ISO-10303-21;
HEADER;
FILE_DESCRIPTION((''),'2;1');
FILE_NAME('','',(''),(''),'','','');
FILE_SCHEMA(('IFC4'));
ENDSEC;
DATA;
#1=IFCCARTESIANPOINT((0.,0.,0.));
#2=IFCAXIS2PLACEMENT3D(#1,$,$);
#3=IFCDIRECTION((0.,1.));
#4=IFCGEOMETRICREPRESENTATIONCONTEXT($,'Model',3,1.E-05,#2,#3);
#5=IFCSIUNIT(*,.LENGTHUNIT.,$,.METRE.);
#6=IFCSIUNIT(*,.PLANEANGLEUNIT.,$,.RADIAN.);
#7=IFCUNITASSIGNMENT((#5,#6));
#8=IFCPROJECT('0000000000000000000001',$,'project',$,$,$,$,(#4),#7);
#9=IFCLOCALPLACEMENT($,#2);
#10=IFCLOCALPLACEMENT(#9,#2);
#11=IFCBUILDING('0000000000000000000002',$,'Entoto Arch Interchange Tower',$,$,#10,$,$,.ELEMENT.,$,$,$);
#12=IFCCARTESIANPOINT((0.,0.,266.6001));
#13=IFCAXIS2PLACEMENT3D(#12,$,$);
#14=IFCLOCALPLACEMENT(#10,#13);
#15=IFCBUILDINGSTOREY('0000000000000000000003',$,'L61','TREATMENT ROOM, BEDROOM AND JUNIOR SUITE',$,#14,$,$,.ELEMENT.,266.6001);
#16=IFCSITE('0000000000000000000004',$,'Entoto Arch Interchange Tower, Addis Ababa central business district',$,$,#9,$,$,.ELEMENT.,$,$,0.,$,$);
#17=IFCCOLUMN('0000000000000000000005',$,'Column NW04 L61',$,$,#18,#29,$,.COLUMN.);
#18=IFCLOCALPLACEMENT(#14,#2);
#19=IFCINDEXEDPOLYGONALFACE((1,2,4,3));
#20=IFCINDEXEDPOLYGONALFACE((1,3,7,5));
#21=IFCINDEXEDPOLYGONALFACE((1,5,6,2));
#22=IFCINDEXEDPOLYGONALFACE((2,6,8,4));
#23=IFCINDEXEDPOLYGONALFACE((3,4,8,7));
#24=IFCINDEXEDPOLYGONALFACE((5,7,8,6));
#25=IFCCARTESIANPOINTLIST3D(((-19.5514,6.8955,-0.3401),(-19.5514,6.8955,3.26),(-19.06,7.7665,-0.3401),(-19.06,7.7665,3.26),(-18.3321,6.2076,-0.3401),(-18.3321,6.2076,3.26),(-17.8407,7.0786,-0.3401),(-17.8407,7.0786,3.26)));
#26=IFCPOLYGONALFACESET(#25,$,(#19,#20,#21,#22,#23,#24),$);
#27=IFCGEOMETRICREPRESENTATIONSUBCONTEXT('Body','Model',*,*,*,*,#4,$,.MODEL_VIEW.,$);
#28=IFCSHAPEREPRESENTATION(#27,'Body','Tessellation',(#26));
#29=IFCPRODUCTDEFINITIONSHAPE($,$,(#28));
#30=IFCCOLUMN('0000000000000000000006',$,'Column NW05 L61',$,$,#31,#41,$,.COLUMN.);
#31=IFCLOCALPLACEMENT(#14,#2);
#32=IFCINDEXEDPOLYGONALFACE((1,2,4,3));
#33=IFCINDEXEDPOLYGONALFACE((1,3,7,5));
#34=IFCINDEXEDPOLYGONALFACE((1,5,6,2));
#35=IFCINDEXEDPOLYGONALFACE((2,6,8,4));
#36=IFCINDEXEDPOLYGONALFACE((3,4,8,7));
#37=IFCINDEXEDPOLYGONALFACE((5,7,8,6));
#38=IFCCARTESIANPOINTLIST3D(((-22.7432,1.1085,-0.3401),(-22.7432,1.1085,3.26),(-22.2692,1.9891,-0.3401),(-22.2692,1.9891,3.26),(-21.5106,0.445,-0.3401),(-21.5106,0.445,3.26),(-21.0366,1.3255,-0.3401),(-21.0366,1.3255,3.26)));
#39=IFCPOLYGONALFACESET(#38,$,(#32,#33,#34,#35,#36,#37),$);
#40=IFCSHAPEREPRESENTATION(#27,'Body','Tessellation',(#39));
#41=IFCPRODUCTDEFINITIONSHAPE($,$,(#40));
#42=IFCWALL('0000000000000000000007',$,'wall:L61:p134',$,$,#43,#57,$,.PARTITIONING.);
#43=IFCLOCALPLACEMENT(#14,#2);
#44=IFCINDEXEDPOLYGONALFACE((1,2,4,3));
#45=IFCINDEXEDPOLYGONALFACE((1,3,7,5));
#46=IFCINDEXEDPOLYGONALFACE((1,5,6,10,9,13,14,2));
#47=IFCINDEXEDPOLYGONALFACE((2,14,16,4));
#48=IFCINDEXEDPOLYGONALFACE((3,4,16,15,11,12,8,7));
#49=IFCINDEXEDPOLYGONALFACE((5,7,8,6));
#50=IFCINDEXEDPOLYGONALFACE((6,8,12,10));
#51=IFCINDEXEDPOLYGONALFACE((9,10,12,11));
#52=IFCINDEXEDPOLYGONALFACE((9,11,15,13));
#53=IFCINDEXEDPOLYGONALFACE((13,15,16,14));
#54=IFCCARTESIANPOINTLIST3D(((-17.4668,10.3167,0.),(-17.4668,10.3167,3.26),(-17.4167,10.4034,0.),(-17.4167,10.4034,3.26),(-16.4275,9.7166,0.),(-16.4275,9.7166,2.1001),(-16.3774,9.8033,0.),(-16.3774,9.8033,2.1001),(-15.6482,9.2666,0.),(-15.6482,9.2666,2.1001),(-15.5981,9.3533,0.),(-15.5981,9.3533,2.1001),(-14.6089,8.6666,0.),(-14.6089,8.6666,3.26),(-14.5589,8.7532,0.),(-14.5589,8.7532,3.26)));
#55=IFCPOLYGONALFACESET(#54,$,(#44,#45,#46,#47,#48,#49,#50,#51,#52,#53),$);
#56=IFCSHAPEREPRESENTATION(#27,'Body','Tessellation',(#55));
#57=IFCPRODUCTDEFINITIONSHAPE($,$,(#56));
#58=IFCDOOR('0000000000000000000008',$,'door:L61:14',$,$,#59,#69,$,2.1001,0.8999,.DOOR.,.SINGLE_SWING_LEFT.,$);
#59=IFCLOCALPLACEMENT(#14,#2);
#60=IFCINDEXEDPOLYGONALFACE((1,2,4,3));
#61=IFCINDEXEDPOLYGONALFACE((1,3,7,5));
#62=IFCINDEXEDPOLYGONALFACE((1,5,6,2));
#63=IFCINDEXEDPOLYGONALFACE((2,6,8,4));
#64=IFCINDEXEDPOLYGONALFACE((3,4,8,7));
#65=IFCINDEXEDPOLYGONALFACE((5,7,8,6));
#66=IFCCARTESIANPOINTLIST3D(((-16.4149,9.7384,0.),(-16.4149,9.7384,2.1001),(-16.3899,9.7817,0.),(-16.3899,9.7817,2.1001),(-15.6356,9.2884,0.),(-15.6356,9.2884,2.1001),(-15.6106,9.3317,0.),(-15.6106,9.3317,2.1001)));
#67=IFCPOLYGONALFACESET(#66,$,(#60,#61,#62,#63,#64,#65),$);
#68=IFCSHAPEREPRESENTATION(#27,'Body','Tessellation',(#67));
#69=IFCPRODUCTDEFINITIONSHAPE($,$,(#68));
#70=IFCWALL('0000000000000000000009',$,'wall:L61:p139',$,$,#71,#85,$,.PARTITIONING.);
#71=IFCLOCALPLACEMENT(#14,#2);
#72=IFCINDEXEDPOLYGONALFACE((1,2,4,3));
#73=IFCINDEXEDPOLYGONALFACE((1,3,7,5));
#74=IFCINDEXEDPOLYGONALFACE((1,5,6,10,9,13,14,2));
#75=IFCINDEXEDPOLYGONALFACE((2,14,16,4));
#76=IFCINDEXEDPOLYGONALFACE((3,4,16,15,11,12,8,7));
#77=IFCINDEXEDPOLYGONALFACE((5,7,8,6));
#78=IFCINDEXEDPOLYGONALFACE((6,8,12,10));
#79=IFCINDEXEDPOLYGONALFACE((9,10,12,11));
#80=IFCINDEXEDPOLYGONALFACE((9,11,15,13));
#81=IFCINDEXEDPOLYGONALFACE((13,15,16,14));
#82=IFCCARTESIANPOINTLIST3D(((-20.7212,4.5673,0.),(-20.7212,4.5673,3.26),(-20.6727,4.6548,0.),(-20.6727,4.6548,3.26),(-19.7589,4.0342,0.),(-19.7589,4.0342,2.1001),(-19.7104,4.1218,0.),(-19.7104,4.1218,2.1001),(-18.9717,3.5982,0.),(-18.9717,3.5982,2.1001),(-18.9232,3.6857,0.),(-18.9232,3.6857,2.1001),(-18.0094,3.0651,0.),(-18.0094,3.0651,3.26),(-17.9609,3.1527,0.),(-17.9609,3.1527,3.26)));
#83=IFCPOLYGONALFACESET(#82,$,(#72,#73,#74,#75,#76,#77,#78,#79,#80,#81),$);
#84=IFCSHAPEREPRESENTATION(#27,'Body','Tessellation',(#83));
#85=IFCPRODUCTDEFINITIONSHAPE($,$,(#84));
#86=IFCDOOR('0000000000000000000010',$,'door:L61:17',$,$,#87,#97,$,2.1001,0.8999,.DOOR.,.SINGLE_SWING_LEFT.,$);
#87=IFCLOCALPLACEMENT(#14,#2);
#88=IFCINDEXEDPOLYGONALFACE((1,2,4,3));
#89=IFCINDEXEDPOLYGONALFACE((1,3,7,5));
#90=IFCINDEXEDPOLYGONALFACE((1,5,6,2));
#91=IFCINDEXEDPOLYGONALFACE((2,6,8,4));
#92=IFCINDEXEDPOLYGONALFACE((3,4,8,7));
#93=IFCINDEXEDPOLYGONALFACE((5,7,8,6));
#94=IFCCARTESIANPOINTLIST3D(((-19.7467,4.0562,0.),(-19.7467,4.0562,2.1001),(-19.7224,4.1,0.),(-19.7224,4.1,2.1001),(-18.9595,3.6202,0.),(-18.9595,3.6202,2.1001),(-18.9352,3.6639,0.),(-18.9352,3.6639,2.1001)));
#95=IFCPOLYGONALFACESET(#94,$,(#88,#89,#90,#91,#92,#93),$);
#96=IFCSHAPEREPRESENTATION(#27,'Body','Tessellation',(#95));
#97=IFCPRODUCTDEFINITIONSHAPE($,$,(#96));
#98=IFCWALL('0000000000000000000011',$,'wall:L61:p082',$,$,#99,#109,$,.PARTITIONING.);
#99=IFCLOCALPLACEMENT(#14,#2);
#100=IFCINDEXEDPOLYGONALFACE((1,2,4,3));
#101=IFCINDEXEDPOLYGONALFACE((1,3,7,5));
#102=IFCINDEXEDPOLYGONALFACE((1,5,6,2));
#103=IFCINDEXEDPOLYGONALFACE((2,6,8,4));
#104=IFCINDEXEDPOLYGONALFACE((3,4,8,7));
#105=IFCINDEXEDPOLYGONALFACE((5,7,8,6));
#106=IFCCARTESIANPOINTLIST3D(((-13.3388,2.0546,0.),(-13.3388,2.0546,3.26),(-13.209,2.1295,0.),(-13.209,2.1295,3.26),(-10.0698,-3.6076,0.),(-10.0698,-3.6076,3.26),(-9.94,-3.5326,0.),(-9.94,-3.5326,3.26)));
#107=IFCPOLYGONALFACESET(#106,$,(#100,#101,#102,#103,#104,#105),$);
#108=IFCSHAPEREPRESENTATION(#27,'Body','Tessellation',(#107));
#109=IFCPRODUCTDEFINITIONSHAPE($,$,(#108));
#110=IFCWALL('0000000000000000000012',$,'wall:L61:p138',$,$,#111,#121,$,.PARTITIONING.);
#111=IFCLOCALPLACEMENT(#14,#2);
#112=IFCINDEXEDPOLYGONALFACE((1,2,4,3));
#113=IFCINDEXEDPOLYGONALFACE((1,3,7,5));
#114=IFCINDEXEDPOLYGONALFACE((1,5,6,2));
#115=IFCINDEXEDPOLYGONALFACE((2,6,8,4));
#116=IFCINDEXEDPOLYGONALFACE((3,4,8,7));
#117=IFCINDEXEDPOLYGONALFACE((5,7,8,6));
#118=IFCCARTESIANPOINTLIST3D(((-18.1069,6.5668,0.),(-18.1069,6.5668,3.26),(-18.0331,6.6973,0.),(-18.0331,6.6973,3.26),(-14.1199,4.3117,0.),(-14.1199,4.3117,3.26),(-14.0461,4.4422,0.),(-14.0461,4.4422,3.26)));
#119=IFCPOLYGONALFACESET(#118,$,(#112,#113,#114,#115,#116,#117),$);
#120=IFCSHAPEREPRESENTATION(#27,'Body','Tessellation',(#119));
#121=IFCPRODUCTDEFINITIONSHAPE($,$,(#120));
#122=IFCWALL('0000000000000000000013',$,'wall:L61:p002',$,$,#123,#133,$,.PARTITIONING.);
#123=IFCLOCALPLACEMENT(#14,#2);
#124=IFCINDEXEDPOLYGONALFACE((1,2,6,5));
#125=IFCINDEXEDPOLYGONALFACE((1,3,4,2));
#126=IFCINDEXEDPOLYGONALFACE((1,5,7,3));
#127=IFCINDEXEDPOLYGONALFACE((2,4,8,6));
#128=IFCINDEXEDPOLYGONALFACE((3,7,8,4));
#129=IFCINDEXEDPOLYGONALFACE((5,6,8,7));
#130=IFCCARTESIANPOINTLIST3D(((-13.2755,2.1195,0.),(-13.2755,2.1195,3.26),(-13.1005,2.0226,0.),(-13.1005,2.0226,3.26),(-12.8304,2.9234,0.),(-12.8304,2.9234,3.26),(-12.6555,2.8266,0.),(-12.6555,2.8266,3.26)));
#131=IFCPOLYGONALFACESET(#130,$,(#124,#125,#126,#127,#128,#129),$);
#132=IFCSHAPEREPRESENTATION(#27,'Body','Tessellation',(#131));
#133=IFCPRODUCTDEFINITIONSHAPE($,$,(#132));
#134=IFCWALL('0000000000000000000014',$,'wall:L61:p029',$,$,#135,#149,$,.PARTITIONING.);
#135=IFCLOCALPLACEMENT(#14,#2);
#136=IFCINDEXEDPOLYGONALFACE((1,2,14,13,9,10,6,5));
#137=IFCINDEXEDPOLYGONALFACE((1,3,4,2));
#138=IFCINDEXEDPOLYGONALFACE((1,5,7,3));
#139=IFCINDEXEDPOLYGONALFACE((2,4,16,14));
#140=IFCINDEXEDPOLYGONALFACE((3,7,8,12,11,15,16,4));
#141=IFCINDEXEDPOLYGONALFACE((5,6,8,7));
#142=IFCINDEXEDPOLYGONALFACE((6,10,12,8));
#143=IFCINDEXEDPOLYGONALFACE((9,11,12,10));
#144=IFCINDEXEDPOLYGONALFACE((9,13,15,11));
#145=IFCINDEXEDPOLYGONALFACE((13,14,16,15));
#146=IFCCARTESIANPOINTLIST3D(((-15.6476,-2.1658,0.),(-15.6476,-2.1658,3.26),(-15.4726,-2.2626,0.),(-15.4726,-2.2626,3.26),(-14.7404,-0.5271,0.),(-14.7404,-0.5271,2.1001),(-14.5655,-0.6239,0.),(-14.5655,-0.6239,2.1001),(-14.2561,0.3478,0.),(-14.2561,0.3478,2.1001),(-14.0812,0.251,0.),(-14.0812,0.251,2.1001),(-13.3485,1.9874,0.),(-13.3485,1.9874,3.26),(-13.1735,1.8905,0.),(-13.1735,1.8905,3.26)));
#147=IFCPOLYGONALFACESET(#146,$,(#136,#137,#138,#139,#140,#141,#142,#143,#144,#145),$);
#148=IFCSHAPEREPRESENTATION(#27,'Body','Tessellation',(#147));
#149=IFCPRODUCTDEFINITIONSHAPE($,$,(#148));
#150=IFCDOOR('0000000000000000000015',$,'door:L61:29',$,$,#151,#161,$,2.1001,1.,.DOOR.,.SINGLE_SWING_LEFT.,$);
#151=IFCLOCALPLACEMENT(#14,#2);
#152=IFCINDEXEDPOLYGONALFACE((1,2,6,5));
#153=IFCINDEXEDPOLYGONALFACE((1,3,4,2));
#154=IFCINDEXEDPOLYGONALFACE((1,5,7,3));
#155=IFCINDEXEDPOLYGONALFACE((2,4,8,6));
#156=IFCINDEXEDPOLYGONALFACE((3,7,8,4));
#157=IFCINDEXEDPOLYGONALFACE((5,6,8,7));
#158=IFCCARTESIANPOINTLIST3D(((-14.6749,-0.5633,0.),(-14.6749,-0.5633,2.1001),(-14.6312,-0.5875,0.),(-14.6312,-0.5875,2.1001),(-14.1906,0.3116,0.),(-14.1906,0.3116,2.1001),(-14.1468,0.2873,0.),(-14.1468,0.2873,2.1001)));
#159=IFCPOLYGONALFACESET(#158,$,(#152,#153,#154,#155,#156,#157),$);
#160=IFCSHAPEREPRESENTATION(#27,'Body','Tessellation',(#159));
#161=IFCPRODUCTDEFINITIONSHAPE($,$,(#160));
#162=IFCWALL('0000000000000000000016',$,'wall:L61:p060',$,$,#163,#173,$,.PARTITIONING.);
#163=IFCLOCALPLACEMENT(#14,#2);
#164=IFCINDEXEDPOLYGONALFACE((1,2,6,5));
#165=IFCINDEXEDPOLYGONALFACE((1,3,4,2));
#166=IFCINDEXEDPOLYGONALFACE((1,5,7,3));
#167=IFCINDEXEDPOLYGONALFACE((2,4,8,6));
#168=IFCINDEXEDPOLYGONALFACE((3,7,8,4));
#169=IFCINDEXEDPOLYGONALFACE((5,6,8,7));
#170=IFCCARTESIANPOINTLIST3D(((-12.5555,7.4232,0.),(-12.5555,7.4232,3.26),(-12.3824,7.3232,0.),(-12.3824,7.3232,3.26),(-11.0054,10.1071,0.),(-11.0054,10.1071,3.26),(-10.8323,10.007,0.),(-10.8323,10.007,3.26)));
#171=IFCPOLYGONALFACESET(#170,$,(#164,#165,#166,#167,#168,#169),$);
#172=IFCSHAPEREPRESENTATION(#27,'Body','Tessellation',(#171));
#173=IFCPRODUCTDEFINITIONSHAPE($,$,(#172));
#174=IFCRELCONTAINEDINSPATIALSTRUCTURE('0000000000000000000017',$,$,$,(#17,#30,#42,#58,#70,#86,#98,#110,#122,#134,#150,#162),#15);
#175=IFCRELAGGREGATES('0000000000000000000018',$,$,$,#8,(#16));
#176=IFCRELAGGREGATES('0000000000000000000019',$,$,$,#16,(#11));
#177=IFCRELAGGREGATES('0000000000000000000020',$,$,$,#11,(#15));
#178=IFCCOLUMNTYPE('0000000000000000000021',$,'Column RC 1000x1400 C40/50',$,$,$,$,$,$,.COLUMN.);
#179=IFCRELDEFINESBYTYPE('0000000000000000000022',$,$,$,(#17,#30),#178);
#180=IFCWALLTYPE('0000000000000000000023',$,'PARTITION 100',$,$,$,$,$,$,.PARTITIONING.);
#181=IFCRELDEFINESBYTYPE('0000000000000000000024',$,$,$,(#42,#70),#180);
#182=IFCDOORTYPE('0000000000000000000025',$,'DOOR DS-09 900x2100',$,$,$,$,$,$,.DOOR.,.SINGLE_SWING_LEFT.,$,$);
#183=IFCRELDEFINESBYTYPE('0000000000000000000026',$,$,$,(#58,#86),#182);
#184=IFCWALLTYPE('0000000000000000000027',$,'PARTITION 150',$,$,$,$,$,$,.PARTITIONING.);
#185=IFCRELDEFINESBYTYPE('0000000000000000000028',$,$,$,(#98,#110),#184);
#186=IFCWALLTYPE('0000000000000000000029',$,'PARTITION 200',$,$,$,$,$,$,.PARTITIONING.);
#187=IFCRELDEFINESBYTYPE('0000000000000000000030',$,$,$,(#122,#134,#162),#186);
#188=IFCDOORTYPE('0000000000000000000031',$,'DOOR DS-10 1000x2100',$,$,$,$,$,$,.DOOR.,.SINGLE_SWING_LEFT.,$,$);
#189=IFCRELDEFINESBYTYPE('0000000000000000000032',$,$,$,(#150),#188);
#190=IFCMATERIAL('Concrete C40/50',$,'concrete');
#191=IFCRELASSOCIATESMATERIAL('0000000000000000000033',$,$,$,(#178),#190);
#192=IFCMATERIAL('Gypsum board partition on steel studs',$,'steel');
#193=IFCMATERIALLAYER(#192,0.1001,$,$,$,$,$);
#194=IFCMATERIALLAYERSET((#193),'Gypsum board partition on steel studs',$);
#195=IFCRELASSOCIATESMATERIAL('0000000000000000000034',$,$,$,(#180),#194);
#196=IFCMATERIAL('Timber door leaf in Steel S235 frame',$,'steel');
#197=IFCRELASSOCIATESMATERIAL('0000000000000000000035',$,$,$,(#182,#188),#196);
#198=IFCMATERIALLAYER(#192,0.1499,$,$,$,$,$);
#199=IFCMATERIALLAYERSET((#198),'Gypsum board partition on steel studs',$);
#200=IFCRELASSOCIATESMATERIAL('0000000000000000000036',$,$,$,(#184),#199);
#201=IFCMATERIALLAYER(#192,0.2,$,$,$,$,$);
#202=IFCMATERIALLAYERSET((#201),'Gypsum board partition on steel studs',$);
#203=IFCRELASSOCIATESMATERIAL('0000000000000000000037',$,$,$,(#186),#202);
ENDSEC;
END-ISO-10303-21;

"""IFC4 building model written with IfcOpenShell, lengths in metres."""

from ifc_helpers import new_model, si_unit, direction, frame, frame_2d, origin, origin_2d, place, context, subcontext, project, spatial, rectangle, extrude, material, layer, layer_set, material_profile, profile_set, type_object, element, fill, save


model = new_model("IFC4")

# Units and contexts
model_context = context("Model", 3, precision=1e-05, world=origin(), true_north=direction((0.0, 1.0)))
body_context = subcontext(model_context, "Body", "Model", "MODEL_VIEW")
ifc_project = project(units=[si_unit("LENGTHUNIT", "METRE"), si_unit("PLANEANGLEUNIT", "RADIAN")], contexts=[model_context])

# Site, building, storey
site_placement = place(None, origin())
site = spatial("IfcSite", under=ifc_project, at=site_placement, Name="Entoto Arch Interchange Tower, Addis Ababa central business district", CompositionType="ELEMENT", RefElevation=0.0)
building_placement = place(site_placement, origin())
building = spatial("IfcBuilding", under=site, at=building_placement, Name="Entoto Arch Interchange Tower", CompositionType="ELEMENT")
storey_placement = place(building_placement, frame((0.0, 0.0, 266.6001)))
storey = spatial("IfcBuildingStorey", under=building, at=storey_placement, Name="L61", Description="TREATMENT ROOM, BEDROOM AND JUNIOR SUITE", CompositionType="ELEMENT", Elevation=266.6001)

# Columns
ifc_material_1 = material(Name="Concrete C40/50", Category="concrete")
ifc_material_profile = material_profile(ifc_material_1, rectangle(XDim=1.0, YDim=1.3999, at=origin_2d()))
ifc_profile_set = profile_set([ifc_material_profile], Name="Concrete C40/50")
column_type = type_object("IfcColumnType", Name="Column RC 1000x1400 C40/50", PredefinedType="COLUMN", material=ifc_profile_set)
for number, where, z_axis, x_axis, name in (
    (1, (-18.696, 6.9871, -0.3401), (0.0, 0.0, 1.0), (0.491375, 0.870948, 0.0), "Column NW04 L61"),
    (2, (-21.8899, 1.217, -0.3401), (0.0, 0.0, 1.0), (0.473981, 0.880535, 0.0), "Column NW05 L61"),
):
    element("IfcColumn", number, at=place(storey_placement, frame(where, z_axis=z_axis, x_axis=x_axis)), inside=storey, type_object=column_type, Name=name, PredefinedType="COLUMN", context=body_context, shape_type="SweptSolid", body=[
        extrude(rectangle(XDim=1.0, YDim=1.3999, at=origin_2d()), origin(), (0.0, 0.0, 1.0), 3.6001),
    ])

# Walls, openings, doors
ifc_material_2 = material(Name="Gypsum board partition on steel studs", Category="steel")
ifc_layer_1 = layer(ifc_material_2, 0.1001)
ifc_layer_set_1 = layer_set([ifc_layer_1], Name="Gypsum board partition on steel studs")
wall_type_1 = type_object("IfcWallType", Name="PARTITION 100", PredefinedType="PARTITIONING", material=ifc_layer_set_1)
wall_1_placement = place(storey_placement, frame((-14.584, 8.71, 0.0), z_axis=(0.0, 0.0, 1.0), x_axis=(-0.866008, 0.50003, 0.0)))
wall_1 = element("IfcWall", 3, at=wall_1_placement, inside=storey, type_object=wall_type_1, Name="wall:L61:p134", PredefinedType="PARTITIONING", context=body_context, shape_type="SweptSolid", body=[
    extrude(rectangle(XDim=3.3, YDim=0.1001, at=frame_2d((1.6499, 0.0))), origin(), (0.0, 0.0, 1.0), 3.26),
])
opening_1_placement = place(wall_1_placement, frame((1.2, 0.0, 0.0)))
opening_1 = element("IfcOpeningElement", 4, at=opening_1_placement, cuts=wall_1, PredefinedType="OPENING", context=body_context, shape_type="SweptSolid", body=[
    extrude(rectangle(XDim=0.8999, YDim=2.1001, at=frame_2d((0.45, 1.05))), frame((0.0, 0.0601, 0.0), z_axis=(0.0, -1.0, 0.0), x_axis=(1.0, 0.0, 0.0)), (0.0, 0.0, 1.0), 0.1201),
])
ifc_material_3 = material(Name="Timber door leaf in Steel S235 frame", Category="steel")
door_type_1 = type_object("IfcDoorType", Name="DOOR DS-09 900x2100", OperationType="SINGLE_SWING_LEFT", PredefinedType="DOOR", material=ifc_material_3)
door_1_placement = place(opening_1_placement, origin())
door_1 = element("IfcDoor", 5, at=door_1_placement, inside=storey, type_object=door_type_1, Name="door:L61:14", OperationType="SINGLE_SWING_LEFT", OverallHeight=2.1001, OverallWidth=0.8999, PredefinedType="DOOR", context=body_context, shape_type="SweptSolid", body=[
    extrude(rectangle(XDim=0.8999, YDim=2.1001, at=frame_2d((0.45, 1.05))), frame((0.0, 0.0249, 0.0), z_axis=(0.0, -1.0, 0.0), x_axis=(1.0, 0.0, 0.0)), (0.0, 0.0, 1.0), 0.05),
])
fill(opening_1, door_1)
wall_2_placement = place(storey_placement, frame((-17.9851, 3.1089, 0.0), z_axis=(0.0, 0.0, 1.0), x_axis=(-0.874762, 0.484553, 0.0)))
wall_2 = element("IfcWall", 6, at=wall_2_placement, inside=storey, type_object=wall_type_1, Name="wall:L61:p139", PredefinedType="PARTITIONING", context=body_context, shape_type="SweptSolid", body=[
    extrude(rectangle(XDim=3.1001, YDim=0.1001, at=frame_2d((1.55, 0.0))), origin(), (0.0, 0.0, 1.0), 3.26),
])
opening_2_placement = place(wall_2_placement, frame((1.1001, 0.0, 0.0)))
opening_2 = element("IfcOpeningElement", 7, at=opening_2_placement, cuts=wall_2, PredefinedType="OPENING", context=body_context, shape_type="SweptSolid", body=[
    extrude(rectangle(XDim=0.8999, YDim=2.1001, at=frame_2d((0.45, 1.05))), frame((0.0, 0.0601, 0.0), z_axis=(0.0, -1.0, 0.0), x_axis=(1.0, 0.0, 0.0)), (0.0, 0.0, 1.0), 0.1201),
])
door_2_placement = place(opening_2_placement, origin())
door_2 = element("IfcDoor", 8, at=door_2_placement, inside=storey, type_object=door_type_1, Name="door:L61:17", OperationType="SINGLE_SWING_LEFT", OverallHeight=2.1001, OverallWidth=0.8999, PredefinedType="DOOR", context=body_context, shape_type="SweptSolid", body=[
    extrude(rectangle(XDim=0.8999, YDim=2.1001, at=frame_2d((0.45, 1.05))), frame((0.0, 0.0249, 0.0), z_axis=(0.0, -1.0, 0.0), x_axis=(1.0, 0.0, 0.0)), (0.0, 0.0, 1.0), 0.05),
])
fill(opening_2, door_2)

# Walls
ifc_layer_2 = layer(ifc_material_2, 0.1499)
ifc_layer_set_2 = layer_set([ifc_layer_2], Name="Gypsum board partition on steel studs")
wall_type_2 = type_object("IfcWallType", Name="PARTITION 150", PredefinedType="PARTITIONING", material=ifc_layer_set_2)
wall_3_placement = place(storey_placement, frame((-13.2739, 2.092, 0.0), z_axis=(0.0, 0.0, 1.0), x_axis=(0.500003, -0.866024, 0.0)))
element("IfcWall", 9, at=wall_3_placement, inside=storey, type_object=wall_type_2, Name="wall:L61:p082", PredefinedType="PARTITIONING", context=body_context, shape_type="SweptSolid", body=[
    extrude(rectangle(XDim=6.5381, YDim=0.1499, at=frame_2d((3.269, 0.0))), origin(), (0.0, 0.0, 1.0), 3.26),
])
wall_4_placement = place(storey_placement, frame((-14.083, 4.377, 0.0), z_axis=(0.0, 0.0, 1.0), x_axis=(-0.870416, 0.492317, 0.0)))
element("IfcWall", 10, at=wall_4_placement, inside=storey, type_object=wall_type_2, Name="wall:L61:p138", PredefinedType="PARTITIONING", context=body_context, shape_type="SweptSolid", body=[
    extrude(rectangle(XDim=4.5806, YDim=0.1499, at=frame_2d((2.2903, 0.0))), origin(), (0.0, 0.0, 1.0), 3.26),
])
ifc_layer_3 = layer(ifc_material_2, 0.2)
ifc_layer_set_3 = layer_set([ifc_layer_3], Name="Gypsum board partition on steel studs")
wall_type_3 = type_object("IfcWallType", Name="PARTITION 200", PredefinedType="PARTITIONING", material=ifc_layer_set_3)
wall_5_placement = place(storey_placement, frame((-12.7429, 2.875, 0.0), z_axis=(0.0, 0.0, 1.0), x_axis=(-0.484334, -0.874883, 0.0)))
element("IfcWall", 11, at=wall_5_placement, inside=storey, type_object=wall_type_3, Name="wall:L61:p002", PredefinedType="PARTITIONING", context=body_context, shape_type="SweptSolid", body=[
    extrude(rectangle(XDim=0.9189, YDim=0.2, at=frame_2d((0.4595, 0.0))), origin(), (0.0, 0.0, 1.0), 3.26),
])

# Wall, opening, door
wall_6_placement = place(storey_placement, frame((-13.261, 1.939, 0.0), z_axis=(0.0, 0.0, 1.0), x_axis=(-0.484324, -0.874889, 0.0)))
wall_6 = element("IfcWall", 12, at=wall_6_placement, inside=storey, type_object=wall_type_3, Name="wall:L61:p029", PredefinedType="PARTITIONING", context=body_context, shape_type="SweptSolid", body=[
    extrude(rectangle(XDim=4.7471, YDim=0.2, at=frame_2d((2.3735, 0.0))), origin(), (0.0, 0.0, 1.0), 3.26),
])
opening_3_placement = place(wall_6_placement, frame((1.874, 0.0, 0.0)))
opening_3 = element("IfcOpeningElement", 13, at=opening_3_placement, cuts=wall_6, PredefinedType="OPENING", context=body_context, shape_type="SweptSolid", body=[
    extrude(rectangle(XDim=1.0, YDim=2.1001, at=frame_2d((0.5, 1.05))), frame((0.0, 0.1099, 0.0), z_axis=(0.0, -1.0, 0.0), x_axis=(1.0, 0.0, 0.0)), (0.0, 0.0, 1.0), 0.22),
])
door_type_2 = type_object("IfcDoorType", Name="DOOR DS-10 1000x2100", OperationType="SINGLE_SWING_LEFT", PredefinedType="DOOR", material=ifc_material_3)
door_3_placement = place(opening_3_placement, origin())
door_3 = element("IfcDoor", 14, at=door_3_placement, inside=storey, type_object=door_type_2, Name="door:L61:29", OperationType="SINGLE_SWING_LEFT", OverallHeight=2.1001, OverallWidth=1.0, PredefinedType="DOOR", context=body_context, shape_type="SweptSolid", body=[
    extrude(rectangle(XDim=1.0, YDim=2.1001, at=frame_2d((0.5, 1.05))), frame((0.0, 0.0249, 0.0), z_axis=(0.0, -1.0, 0.0), x_axis=(1.0, 0.0, 0.0)), (0.0, 0.0, 1.0), 0.05),
])
fill(opening_3, door_3)

# Wall
wall_7_placement = place(storey_placement, frame((-12.469, 7.373, 0.0), z_axis=(0.0, 0.0, 1.0), x_axis=(0.500129, 0.865951, 0.0)))
element("IfcWall", 15, at=wall_7_placement, inside=storey, type_object=wall_type_3, Name="wall:L61:p060", PredefinedType="PARTITIONING", context=body_context, shape_type="SweptSolid", body=[
    extrude(rectangle(XDim=3.0994, YDim=0.2, at=frame_2d((1.5498, 0.0))), origin(), (0.0, 0.0, 1.0), 3.26),
])

save(model, "model.ifc")
